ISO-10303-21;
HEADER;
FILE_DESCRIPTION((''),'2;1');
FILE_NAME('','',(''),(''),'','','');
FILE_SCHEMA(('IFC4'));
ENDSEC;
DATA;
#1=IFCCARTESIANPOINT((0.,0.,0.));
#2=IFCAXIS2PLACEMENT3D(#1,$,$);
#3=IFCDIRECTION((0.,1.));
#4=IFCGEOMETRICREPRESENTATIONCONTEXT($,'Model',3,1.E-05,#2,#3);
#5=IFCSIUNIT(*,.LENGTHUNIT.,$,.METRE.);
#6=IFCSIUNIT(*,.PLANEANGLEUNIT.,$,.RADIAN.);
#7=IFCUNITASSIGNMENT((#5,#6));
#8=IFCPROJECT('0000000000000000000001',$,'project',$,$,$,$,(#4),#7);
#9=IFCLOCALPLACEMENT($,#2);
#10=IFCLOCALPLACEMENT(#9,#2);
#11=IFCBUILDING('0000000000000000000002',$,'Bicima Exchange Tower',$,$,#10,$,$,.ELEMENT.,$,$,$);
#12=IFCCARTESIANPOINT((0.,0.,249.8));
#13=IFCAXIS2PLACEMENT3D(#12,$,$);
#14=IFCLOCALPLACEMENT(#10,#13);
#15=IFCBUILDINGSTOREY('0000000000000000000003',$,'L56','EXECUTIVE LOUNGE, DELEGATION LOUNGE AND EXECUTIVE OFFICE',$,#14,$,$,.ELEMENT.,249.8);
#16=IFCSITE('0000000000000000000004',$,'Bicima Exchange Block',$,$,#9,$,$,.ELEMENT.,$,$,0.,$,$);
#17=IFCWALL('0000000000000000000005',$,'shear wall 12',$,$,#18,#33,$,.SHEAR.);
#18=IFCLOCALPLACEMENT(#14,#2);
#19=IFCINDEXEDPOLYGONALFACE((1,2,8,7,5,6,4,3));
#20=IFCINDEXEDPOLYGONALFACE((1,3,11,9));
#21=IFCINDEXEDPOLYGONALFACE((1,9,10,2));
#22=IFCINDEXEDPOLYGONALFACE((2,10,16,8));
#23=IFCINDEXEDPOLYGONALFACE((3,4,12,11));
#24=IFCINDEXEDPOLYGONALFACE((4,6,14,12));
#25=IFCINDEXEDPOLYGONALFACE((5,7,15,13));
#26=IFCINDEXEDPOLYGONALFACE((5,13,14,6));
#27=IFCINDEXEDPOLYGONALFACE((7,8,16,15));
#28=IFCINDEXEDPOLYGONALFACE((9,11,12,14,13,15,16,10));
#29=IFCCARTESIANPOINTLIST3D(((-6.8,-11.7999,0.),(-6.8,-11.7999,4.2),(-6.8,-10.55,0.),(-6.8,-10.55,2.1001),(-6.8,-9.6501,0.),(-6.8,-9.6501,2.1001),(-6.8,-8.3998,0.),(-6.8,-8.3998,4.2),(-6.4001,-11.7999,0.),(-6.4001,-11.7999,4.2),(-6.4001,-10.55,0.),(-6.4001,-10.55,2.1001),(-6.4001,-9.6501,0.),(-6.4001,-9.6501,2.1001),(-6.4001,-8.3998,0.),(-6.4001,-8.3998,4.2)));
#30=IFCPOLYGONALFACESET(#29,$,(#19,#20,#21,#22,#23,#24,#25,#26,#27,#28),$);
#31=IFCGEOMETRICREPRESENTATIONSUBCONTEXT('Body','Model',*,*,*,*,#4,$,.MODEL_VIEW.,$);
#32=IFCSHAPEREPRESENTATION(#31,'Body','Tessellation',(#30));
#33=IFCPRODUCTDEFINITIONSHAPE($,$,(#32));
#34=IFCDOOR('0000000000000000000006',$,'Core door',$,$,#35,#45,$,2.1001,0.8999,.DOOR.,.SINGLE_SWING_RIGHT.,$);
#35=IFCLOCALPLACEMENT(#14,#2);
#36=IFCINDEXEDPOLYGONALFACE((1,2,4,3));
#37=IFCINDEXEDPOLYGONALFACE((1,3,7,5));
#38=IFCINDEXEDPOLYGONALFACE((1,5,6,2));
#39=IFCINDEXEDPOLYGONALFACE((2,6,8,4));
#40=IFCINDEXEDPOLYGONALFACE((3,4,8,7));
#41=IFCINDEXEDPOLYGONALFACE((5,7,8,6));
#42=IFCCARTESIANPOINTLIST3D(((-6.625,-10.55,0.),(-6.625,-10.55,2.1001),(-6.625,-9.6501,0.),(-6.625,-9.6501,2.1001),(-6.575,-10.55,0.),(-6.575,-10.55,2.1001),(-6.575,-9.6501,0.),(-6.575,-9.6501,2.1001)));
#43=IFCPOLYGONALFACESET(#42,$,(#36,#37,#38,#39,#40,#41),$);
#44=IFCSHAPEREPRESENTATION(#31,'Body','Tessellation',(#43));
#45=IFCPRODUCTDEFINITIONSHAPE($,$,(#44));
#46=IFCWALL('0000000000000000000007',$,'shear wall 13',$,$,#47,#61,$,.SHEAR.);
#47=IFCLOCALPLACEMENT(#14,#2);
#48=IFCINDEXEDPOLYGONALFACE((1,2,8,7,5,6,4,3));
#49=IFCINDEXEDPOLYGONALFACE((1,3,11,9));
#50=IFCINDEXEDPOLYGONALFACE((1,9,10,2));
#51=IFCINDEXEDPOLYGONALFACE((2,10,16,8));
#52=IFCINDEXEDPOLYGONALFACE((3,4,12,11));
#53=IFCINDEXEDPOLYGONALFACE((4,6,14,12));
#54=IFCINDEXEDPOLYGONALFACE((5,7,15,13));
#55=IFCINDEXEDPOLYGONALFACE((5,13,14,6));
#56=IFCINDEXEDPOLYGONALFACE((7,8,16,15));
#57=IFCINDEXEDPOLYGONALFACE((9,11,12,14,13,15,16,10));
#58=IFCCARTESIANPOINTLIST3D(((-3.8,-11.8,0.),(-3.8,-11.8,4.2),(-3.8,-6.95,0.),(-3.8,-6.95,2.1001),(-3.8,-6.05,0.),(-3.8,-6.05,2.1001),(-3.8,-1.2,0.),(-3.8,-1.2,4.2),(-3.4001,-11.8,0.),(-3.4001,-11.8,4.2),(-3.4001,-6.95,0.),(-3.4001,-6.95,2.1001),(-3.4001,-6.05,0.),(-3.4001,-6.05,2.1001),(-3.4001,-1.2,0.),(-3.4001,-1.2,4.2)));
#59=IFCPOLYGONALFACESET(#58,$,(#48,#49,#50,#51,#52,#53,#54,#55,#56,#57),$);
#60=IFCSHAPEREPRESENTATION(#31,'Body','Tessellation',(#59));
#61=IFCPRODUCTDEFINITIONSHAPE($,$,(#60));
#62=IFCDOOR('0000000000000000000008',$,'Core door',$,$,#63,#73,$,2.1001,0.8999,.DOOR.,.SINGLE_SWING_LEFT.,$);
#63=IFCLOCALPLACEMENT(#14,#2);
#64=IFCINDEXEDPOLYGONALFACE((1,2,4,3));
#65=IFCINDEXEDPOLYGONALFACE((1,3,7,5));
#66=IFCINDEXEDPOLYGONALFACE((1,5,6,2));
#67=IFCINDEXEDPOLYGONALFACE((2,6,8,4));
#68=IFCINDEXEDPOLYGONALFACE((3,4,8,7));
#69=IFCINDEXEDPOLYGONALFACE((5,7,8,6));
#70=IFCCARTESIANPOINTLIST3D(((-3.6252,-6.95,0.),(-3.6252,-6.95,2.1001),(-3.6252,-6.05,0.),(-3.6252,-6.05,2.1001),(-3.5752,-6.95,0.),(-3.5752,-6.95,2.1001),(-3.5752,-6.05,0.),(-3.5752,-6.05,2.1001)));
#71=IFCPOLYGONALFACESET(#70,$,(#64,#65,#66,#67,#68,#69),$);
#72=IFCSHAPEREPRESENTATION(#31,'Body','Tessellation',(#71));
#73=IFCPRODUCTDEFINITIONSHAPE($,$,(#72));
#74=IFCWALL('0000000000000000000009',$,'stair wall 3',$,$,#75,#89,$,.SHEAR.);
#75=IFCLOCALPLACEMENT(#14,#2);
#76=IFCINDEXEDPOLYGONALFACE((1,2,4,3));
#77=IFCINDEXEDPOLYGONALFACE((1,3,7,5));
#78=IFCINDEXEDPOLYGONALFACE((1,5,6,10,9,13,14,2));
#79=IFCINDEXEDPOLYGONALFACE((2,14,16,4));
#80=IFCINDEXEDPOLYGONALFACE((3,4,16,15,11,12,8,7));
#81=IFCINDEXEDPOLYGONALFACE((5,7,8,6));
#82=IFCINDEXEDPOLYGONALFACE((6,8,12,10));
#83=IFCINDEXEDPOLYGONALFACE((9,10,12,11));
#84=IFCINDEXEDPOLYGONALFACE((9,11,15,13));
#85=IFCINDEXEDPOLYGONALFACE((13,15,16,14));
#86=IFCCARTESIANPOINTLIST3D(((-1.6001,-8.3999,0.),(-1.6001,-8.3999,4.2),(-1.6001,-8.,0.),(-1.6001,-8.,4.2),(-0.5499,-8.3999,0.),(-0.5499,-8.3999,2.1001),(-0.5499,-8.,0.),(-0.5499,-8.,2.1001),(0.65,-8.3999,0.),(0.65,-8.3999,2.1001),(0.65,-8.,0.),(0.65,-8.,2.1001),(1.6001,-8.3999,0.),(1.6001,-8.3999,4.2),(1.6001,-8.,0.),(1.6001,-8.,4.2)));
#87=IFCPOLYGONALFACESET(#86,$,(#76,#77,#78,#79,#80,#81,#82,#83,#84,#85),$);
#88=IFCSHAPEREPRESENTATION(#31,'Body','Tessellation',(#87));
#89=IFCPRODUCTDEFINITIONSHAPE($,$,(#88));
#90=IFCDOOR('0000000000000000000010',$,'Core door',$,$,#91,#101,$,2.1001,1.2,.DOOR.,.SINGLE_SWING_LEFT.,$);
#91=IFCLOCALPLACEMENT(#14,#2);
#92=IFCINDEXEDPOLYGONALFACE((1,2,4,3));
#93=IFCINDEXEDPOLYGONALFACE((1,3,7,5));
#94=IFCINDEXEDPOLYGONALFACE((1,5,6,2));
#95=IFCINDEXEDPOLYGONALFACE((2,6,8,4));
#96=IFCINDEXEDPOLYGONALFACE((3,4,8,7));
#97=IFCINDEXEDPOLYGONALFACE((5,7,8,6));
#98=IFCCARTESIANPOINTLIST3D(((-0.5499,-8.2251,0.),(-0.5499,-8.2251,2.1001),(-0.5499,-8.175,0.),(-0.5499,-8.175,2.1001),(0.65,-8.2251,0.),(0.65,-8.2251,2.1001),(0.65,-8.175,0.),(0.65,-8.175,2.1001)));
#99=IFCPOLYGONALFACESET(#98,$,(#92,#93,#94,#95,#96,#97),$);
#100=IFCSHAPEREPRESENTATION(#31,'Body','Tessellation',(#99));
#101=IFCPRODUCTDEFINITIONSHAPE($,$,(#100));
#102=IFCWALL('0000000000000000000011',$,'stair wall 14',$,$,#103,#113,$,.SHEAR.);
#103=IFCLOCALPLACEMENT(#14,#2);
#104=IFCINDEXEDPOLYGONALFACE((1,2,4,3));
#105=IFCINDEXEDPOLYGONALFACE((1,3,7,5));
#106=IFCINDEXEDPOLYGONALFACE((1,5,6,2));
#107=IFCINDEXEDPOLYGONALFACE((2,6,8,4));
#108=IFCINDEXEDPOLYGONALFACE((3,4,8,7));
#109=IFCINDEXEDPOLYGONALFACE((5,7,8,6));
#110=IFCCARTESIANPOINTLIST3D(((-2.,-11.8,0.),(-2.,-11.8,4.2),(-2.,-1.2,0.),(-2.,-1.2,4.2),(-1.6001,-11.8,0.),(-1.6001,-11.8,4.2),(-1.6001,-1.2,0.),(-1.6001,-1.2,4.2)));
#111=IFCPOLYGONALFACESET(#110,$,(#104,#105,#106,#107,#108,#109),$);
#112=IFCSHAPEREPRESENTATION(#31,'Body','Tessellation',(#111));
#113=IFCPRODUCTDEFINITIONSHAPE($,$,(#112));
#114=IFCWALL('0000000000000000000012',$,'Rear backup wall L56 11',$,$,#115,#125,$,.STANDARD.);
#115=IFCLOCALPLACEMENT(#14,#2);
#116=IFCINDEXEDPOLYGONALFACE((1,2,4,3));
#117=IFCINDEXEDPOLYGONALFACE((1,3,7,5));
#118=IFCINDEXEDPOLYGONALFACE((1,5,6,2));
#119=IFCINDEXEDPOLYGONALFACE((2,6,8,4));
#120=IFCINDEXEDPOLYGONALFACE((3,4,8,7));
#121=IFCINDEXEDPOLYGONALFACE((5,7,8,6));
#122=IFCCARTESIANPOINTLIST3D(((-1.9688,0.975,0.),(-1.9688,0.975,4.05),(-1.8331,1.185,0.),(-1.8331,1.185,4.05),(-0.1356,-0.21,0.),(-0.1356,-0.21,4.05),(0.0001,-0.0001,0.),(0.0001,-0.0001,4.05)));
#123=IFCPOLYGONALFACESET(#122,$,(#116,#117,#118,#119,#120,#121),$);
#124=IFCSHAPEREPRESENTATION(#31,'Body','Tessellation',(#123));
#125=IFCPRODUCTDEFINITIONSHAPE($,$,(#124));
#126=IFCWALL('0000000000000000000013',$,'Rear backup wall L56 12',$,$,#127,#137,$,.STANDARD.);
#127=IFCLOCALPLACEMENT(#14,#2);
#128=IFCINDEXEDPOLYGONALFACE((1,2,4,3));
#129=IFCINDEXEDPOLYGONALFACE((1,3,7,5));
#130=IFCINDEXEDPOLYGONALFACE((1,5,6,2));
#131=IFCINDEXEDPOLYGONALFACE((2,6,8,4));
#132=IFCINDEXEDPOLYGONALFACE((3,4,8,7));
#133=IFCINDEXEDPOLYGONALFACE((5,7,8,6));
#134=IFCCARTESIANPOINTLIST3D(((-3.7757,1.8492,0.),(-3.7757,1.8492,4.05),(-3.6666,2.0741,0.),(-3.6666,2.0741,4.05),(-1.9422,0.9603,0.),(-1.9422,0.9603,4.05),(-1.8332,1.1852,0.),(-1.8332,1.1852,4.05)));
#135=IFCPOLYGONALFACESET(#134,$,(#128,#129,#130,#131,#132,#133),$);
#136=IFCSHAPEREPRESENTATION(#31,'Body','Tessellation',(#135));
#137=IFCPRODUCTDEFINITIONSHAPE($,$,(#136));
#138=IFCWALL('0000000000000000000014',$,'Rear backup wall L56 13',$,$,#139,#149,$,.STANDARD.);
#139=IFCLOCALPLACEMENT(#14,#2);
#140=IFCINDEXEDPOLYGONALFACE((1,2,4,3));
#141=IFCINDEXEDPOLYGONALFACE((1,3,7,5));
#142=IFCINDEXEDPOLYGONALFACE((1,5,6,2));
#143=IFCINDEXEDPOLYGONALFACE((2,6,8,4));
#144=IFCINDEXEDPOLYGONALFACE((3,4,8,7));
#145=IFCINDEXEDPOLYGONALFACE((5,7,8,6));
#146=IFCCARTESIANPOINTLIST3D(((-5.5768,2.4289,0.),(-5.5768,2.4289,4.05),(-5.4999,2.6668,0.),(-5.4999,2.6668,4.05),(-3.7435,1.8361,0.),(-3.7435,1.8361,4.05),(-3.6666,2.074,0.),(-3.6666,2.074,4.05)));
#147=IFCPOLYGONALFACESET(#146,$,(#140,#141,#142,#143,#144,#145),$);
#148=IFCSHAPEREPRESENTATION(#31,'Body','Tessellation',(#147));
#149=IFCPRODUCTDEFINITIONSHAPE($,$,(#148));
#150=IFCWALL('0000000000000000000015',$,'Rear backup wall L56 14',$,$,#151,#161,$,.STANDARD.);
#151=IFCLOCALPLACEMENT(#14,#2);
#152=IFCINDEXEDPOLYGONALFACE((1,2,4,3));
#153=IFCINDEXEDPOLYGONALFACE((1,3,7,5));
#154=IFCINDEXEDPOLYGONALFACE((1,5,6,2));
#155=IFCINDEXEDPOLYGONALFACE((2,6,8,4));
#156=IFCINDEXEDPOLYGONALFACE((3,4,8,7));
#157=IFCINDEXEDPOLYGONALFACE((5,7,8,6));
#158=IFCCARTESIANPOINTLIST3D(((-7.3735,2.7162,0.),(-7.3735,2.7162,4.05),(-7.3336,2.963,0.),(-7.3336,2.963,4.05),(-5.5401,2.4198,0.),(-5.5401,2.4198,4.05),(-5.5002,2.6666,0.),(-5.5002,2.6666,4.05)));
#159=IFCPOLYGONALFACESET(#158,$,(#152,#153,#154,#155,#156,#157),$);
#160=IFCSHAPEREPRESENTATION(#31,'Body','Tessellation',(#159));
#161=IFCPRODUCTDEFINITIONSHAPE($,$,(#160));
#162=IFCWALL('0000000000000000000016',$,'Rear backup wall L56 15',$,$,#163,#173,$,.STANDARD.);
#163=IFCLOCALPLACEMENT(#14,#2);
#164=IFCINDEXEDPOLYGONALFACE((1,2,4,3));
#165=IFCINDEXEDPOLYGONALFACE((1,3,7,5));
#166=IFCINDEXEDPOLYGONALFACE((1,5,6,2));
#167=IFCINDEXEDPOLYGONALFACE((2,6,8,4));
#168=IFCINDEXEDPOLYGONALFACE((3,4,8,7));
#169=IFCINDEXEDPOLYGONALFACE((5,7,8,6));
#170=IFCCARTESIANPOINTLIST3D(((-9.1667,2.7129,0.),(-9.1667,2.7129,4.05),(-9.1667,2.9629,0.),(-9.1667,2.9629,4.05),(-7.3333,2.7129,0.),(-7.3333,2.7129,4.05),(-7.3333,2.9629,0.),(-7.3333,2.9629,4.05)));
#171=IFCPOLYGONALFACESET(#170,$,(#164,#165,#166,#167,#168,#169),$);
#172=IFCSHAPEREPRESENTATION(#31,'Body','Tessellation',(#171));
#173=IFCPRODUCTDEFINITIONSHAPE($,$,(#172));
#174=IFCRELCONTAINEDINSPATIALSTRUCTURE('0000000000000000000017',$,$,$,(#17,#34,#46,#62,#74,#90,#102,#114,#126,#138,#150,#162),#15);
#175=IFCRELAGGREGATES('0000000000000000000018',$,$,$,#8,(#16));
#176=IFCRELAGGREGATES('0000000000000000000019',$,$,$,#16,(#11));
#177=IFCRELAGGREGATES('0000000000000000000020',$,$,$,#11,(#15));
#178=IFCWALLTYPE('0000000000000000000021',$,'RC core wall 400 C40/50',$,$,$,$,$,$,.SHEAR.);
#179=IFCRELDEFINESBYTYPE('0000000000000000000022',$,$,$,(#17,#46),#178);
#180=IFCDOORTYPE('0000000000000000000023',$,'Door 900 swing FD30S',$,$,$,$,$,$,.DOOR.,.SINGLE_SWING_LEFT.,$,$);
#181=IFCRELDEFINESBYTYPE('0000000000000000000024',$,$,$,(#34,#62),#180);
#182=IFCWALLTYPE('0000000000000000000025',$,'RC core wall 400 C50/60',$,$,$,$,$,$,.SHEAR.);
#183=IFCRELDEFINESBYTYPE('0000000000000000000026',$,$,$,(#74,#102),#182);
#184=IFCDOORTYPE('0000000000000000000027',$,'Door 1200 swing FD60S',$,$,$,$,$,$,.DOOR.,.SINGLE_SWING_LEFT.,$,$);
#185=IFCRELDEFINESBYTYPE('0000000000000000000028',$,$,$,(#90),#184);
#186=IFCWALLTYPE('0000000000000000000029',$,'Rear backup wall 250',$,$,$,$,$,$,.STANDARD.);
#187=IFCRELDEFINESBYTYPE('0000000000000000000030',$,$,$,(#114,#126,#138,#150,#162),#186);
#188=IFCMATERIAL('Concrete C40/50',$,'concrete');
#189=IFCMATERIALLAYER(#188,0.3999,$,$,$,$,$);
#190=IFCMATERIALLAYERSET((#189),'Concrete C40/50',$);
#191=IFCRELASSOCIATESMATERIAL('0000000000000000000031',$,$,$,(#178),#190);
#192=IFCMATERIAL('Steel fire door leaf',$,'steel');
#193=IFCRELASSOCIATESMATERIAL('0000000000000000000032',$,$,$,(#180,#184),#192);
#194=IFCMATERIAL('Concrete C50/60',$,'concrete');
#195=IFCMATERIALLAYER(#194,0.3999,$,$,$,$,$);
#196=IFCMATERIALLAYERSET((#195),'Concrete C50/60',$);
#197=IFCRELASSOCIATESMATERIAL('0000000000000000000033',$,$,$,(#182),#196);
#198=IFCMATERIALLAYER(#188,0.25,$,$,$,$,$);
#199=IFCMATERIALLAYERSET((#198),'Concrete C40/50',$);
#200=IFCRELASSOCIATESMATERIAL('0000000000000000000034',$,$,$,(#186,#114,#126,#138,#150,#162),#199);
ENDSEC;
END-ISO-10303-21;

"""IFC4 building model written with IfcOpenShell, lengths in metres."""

from ifc_helpers import new_model, si_unit, direction, frame, frame_2d, origin, place, context, subcontext, project, spatial, rectangle, extrude, material, layer, layer_set, layer_usage, type_object, element, fill, save


model = new_model("IFC4")

# Units and contexts
model_context = context("Model", 3, precision=1e-05, world=origin(), true_north=direction((0.0, 1.0)))
body_context = subcontext(model_context, "Body", "Model", "MODEL_VIEW")
ifc_project = project(units=[si_unit("LENGTHUNIT", "METRE"), si_unit("PLANEANGLEUNIT", "RADIAN")], contexts=[model_context])

# Site, building, storey
site_placement = place(None, origin())
site = spatial("IfcSite", under=ifc_project, at=site_placement, Name="Bicima Exchange Block", CompositionType="ELEMENT", RefElevation=0.0)
building_placement = place(site_placement, origin())
building = spatial("IfcBuilding", under=site, at=building_placement, Name="Bicima Exchange Tower", CompositionType="ELEMENT")
storey_placement = place(building_placement, frame((0.0, 0.0, 249.8)))
storey = spatial("IfcBuildingStorey", under=building, at=storey_placement, Name="L56", Description="EXECUTIVE LOUNGE, DELEGATION LOUNGE AND EXECUTIVE OFFICE", CompositionType="ELEMENT", Elevation=249.8)

# Shared definitions
ifc_material_1 = material(Name="Concrete C40/50", Category="concrete")

# Walls, openings, doors
ifc_layer_1 = layer(ifc_material_1, 0.3999)
ifc_layer_set_1 = layer_set([ifc_layer_1], Name="Concrete C40/50")
wall_type_1 = type_object("IfcWallType", Name="RC core wall 400 C40/50", PredefinedType="SHEAR", material=ifc_layer_set_1)
wall_1_placement = place(storey_placement, frame((-6.6001, -11.8, 0.0), z_axis=(0.0, 0.0, 1.0), x_axis=(0.0, 1.0, 0.0)))
wall_1 = element("IfcWall", 1, at=wall_1_placement, inside=storey, type_object=wall_type_1, Name="shear wall 12", PredefinedType="SHEAR", context=body_context, shape_type="SweptSolid", body=[
    extrude(rectangle(XDim=3.4001, YDim=0.3999, at=frame_2d((1.7002, 0.0))), origin(), (0.0, 0.0, 1.0), 4.2),
])
opening_1_placement = place(wall_1_placement, frame((1.25, 0.0, 0.0)))
opening_1 = element("IfcOpeningElement", 2, at=opening_1_placement, cuts=wall_1, PredefinedType="OPENING", context=body_context, shape_type="SweptSolid", body=[
    extrude(rectangle(XDim=0.8999, YDim=2.1001, at=frame_2d((0.45, 1.05))), frame((0.0, 0.2119, 0.0), z_axis=(0.0, -1.0, 0.0), x_axis=(1.0, 0.0, 0.0)), (0.0, 0.0, 1.0), 0.4238),
])
ifc_material_2 = material(Name="Steel fire door leaf", Category="steel")
door_type_1 = type_object("IfcDoorType", Name="Door 900 swing FD30S", OperationType="SINGLE_SWING_LEFT", PredefinedType="DOOR", material=ifc_material_2)
door_1_placement = place(opening_1_placement, origin())
door_1 = element("IfcDoor", 3, at=door_1_placement, inside=storey, type_object=door_type_1, Name="Core door", OperationType="SINGLE_SWING_RIGHT", OverallHeight=2.1001, OverallWidth=0.8999, PredefinedType="DOOR", context=body_context, shape_type="SweptSolid", body=[
    extrude(rectangle(XDim=0.8999, YDim=2.1001, at=frame_2d((0.45, 1.05))), frame((0.0, 0.0249, 0.0), z_axis=(0.0, -1.0, 0.0), x_axis=(1.0, 0.0, 0.0)), (0.0, 0.0, 1.0), 0.05),
])
fill(opening_1, door_1)
wall_2_placement = place(storey_placement, frame((-3.6001, -11.8, 0.0), z_axis=(0.0, 0.0, 1.0), x_axis=(0.0, 1.0, 0.0)))
wall_2 = element("IfcWall", 4, at=wall_2_placement, inside=storey, type_object=wall_type_1, Name="shear wall 13", PredefinedType="SHEAR", context=body_context, shape_type="SweptSolid", body=[
    extrude(rectangle(XDim=10.6001, YDim=0.3999, at=frame_2d((5.3, 0.0))), origin(), (0.0, 0.0, 1.0), 4.2),
])
opening_2_placement = place(wall_2_placement, frame((4.8501, 0.0, 0.0)))
opening_2 = element("IfcOpeningElement", 5, at=opening_2_placement, cuts=wall_2, PredefinedType="OPENING", context=body_context, shape_type="SweptSolid", body=[
    extrude(rectangle(XDim=0.8999, YDim=2.1001, at=frame_2d((0.45, 1.05))), frame((0.0, 0.2119, 0.0), z_axis=(0.0, -1.0, 0.0), x_axis=(1.0, 0.0, 0.0)), (0.0, 0.0, 1.0), 0.4238),
])
door_2_placement = place(opening_2_placement, frame((0.8999, 0.0, 0.0), z_axis=(0.0, 0.0, 1.0), x_axis=(-1.0, 0.0, 0.0)))
door_2 = element("IfcDoor", 6, at=door_2_placement, inside=storey, type_object=door_type_1, Name="Core door", OperationType="SINGLE_SWING_LEFT", OverallHeight=2.1001, OverallWidth=0.8999, PredefinedType="DOOR", context=body_context, shape_type="SweptSolid", body=[
    extrude(rectangle(XDim=0.8999, YDim=2.1001, at=frame_2d((0.45, 1.05))), frame((0.0, 0.0249, 0.0), z_axis=(0.0, -1.0, 0.0), x_axis=(1.0, 0.0, 0.0)), (0.0, 0.0, 1.0), 0.05),
])
fill(opening_2, door_2)
ifc_material_3 = material(Name="Concrete C50/60", Category="concrete")
ifc_layer_2 = layer(ifc_material_3, 0.3999)
ifc_layer_set_2 = layer_set([ifc_layer_2], Name="Concrete C50/60")
wall_type_2 = type_object("IfcWallType", Name="RC core wall 400 C50/60", PredefinedType="SHEAR", material=ifc_layer_set_2)
wall_3_placement = place(storey_placement, frame((-1.6001, -8.2, 0.0), z_axis=(0.0, 0.0, 1.0), x_axis=(1.0, 0.0, 0.0)))
wall_3 = element("IfcWall", 7, at=wall_3_placement, inside=storey, type_object=wall_type_2, Name="stair wall 3", PredefinedType="SHEAR", context=body_context, shape_type="SweptSolid", body=[
    extrude(rectangle(XDim=3.2002, YDim=0.3999, at=frame_2d((1.6001, 0.0))), origin(), (0.0, 0.0, 1.0), 4.2),
])
opening_3_placement = place(wall_3_placement, frame((1.05, 0.0, 0.0)))
opening_3 = element("IfcOpeningElement", 8, at=opening_3_placement, cuts=wall_3, PredefinedType="OPENING", context=body_context, shape_type="SweptSolid", body=[
    extrude(rectangle(XDim=1.2, YDim=2.1001, at=frame_2d((0.6001, 1.05))), frame((0.0, 0.2119, 0.0), z_axis=(0.0, -1.0, 0.0), x_axis=(1.0, 0.0, 0.0)), (0.0, 0.0, 1.0), 0.4238),
])
door_type_2 = type_object("IfcDoorType", Name="Door 1200 swing FD60S", OperationType="SINGLE_SWING_LEFT", PredefinedType="DOOR", material=ifc_material_2)
door_3_placement = place(opening_3_placement, origin())
door_3 = element("IfcDoor", 9, at=door_3_placement, inside=storey, type_object=door_type_2, Name="Core door", OperationType="SINGLE_SWING_LEFT", OverallHeight=2.1001, OverallWidth=1.2, PredefinedType="DOOR", context=body_context, shape_type="SweptSolid", body=[
    extrude(rectangle(XDim=1.2, YDim=2.1001, at=frame_2d((0.6001, 1.05))), frame((0.0, 0.0249, 0.0), z_axis=(0.0, -1.0, 0.0), x_axis=(1.0, 0.0, 0.0)), (0.0, 0.0, 1.0), 0.05),
])
fill(opening_3, door_3)

# Walls
wall_4_placement = place(storey_placement, frame((-1.8, -11.8, 0.0), z_axis=(0.0, 0.0, 1.0), x_axis=(0.0, 1.0, 0.0)))
element("IfcWall", 10, at=wall_4_placement, inside=storey, type_object=wall_type_2, Name="stair wall 14", PredefinedType="SHEAR", context=body_context, shape_type="SweptSolid", body=[
    extrude(rectangle(XDim=10.6001, YDim=0.3999, at=frame_2d((5.3, 0.0))), origin(), (0.0, 0.0, 1.0), 4.2),
])
ifc_layer_3 = layer(ifc_material_1, 0.25)
ifc_layer_set_3 = layer_set([ifc_layer_3], Name="Concrete C40/50")
ifc_layer_usage = layer_usage(ifc_layer_set_3, "AXIS2", "POSITIVE", -0.125)
wall_type_3 = type_object("IfcWallType", Name="Rear backup wall 250", PredefinedType="STANDARD", material=ifc_layer_set_3)
wall_5_placement = place(storey_placement, frame((-0.0679, -0.105, 0.0), z_axis=(0.0, 0.0, 1.0), x_axis=(-0.839813, 0.542876, 0.0)))
element("IfcWall", 11, at=wall_5_placement, inside=storey, type_object=wall_type_3, material=ifc_layer_usage, Name="Rear backup wall L56 11", PredefinedType="STANDARD", context=body_context, shape_type="SweptSolid", body=[
    extrude(rectangle(XDim=2.1829, YDim=0.25, at=frame_2d((1.0913, 0.0))), origin(), (0.0, 0.0, 1.0), 4.05),
])
wall_6_placement = place(storey_placement, frame((-1.8877, 1.0728, 0.0), z_axis=(0.0, 0.0, 1.0), x_axis=(-0.899824, 0.436253, 0.0)))
element("IfcWall", 12, at=wall_6_placement, inside=storey, type_object=wall_type_3, material=ifc_layer_usage, Name="Rear backup wall L56 12", PredefinedType="STANDARD", context=body_context, shape_type="SweptSolid", body=[
    extrude(rectangle(XDim=2.0376, YDim=0.25, at=frame_2d((1.0188, 0.0))), origin(), (0.0, 0.0, 1.0), 4.05),
])
wall_7_placement = place(storey_placement, frame((-3.7051, 1.9551, 0.0), z_axis=(0.0, 0.0, 1.0), x_axis=(-0.951496, 0.307662, 0.0)))
element("IfcWall", 13, at=wall_7_placement, inside=storey, type_object=wall_type_3, material=ifc_layer_usage, Name="Rear backup wall L56 13", PredefinedType="STANDARD", context=body_context, shape_type="SweptSolid", body=[
    extrude(rectangle(XDim=1.9268, YDim=0.25, at=frame_2d((0.9634, 0.0))), origin(), (0.0, 0.0, 1.0), 4.05),
])
wall_8_placement = place(storey_placement, frame((-5.52, 2.5432, 0.0), z_axis=(0.0, 0.0, 1.0), x_axis=(-0.987182, 0.1596, 0.0)))
element("IfcWall", 14, at=wall_8_placement, inside=storey, type_object=wall_type_3, material=ifc_layer_usage, Name="Rear backup wall L56 14", PredefinedType="STANDARD", context=body_context, shape_type="SweptSolid", body=[
    extrude(rectangle(XDim=1.8572, YDim=0.25, at=frame_2d((0.9287, 0.0))), origin(), (0.0, 0.0, 1.0), 4.05),
])
wall_9_placement = place(storey_placement, frame((-7.3333, 2.8379, 0.0), z_axis=(0.0, 0.0, 1.0), x_axis=(-1.0, 0.0, 0.0)))
element("IfcWall", 15, at=wall_9_placement, inside=storey, type_object=wall_type_3, material=ifc_layer_usage, Name="Rear backup wall L56 15", PredefinedType="STANDARD", context=body_context, shape_type="SweptSolid", body=[
    extrude(rectangle(XDim=1.8335, YDim=0.25, at=frame_2d((0.9167, 0.0))), origin(), (0.0, 0.0, 1.0), 4.05),
])

save(model, "model.ifc")
